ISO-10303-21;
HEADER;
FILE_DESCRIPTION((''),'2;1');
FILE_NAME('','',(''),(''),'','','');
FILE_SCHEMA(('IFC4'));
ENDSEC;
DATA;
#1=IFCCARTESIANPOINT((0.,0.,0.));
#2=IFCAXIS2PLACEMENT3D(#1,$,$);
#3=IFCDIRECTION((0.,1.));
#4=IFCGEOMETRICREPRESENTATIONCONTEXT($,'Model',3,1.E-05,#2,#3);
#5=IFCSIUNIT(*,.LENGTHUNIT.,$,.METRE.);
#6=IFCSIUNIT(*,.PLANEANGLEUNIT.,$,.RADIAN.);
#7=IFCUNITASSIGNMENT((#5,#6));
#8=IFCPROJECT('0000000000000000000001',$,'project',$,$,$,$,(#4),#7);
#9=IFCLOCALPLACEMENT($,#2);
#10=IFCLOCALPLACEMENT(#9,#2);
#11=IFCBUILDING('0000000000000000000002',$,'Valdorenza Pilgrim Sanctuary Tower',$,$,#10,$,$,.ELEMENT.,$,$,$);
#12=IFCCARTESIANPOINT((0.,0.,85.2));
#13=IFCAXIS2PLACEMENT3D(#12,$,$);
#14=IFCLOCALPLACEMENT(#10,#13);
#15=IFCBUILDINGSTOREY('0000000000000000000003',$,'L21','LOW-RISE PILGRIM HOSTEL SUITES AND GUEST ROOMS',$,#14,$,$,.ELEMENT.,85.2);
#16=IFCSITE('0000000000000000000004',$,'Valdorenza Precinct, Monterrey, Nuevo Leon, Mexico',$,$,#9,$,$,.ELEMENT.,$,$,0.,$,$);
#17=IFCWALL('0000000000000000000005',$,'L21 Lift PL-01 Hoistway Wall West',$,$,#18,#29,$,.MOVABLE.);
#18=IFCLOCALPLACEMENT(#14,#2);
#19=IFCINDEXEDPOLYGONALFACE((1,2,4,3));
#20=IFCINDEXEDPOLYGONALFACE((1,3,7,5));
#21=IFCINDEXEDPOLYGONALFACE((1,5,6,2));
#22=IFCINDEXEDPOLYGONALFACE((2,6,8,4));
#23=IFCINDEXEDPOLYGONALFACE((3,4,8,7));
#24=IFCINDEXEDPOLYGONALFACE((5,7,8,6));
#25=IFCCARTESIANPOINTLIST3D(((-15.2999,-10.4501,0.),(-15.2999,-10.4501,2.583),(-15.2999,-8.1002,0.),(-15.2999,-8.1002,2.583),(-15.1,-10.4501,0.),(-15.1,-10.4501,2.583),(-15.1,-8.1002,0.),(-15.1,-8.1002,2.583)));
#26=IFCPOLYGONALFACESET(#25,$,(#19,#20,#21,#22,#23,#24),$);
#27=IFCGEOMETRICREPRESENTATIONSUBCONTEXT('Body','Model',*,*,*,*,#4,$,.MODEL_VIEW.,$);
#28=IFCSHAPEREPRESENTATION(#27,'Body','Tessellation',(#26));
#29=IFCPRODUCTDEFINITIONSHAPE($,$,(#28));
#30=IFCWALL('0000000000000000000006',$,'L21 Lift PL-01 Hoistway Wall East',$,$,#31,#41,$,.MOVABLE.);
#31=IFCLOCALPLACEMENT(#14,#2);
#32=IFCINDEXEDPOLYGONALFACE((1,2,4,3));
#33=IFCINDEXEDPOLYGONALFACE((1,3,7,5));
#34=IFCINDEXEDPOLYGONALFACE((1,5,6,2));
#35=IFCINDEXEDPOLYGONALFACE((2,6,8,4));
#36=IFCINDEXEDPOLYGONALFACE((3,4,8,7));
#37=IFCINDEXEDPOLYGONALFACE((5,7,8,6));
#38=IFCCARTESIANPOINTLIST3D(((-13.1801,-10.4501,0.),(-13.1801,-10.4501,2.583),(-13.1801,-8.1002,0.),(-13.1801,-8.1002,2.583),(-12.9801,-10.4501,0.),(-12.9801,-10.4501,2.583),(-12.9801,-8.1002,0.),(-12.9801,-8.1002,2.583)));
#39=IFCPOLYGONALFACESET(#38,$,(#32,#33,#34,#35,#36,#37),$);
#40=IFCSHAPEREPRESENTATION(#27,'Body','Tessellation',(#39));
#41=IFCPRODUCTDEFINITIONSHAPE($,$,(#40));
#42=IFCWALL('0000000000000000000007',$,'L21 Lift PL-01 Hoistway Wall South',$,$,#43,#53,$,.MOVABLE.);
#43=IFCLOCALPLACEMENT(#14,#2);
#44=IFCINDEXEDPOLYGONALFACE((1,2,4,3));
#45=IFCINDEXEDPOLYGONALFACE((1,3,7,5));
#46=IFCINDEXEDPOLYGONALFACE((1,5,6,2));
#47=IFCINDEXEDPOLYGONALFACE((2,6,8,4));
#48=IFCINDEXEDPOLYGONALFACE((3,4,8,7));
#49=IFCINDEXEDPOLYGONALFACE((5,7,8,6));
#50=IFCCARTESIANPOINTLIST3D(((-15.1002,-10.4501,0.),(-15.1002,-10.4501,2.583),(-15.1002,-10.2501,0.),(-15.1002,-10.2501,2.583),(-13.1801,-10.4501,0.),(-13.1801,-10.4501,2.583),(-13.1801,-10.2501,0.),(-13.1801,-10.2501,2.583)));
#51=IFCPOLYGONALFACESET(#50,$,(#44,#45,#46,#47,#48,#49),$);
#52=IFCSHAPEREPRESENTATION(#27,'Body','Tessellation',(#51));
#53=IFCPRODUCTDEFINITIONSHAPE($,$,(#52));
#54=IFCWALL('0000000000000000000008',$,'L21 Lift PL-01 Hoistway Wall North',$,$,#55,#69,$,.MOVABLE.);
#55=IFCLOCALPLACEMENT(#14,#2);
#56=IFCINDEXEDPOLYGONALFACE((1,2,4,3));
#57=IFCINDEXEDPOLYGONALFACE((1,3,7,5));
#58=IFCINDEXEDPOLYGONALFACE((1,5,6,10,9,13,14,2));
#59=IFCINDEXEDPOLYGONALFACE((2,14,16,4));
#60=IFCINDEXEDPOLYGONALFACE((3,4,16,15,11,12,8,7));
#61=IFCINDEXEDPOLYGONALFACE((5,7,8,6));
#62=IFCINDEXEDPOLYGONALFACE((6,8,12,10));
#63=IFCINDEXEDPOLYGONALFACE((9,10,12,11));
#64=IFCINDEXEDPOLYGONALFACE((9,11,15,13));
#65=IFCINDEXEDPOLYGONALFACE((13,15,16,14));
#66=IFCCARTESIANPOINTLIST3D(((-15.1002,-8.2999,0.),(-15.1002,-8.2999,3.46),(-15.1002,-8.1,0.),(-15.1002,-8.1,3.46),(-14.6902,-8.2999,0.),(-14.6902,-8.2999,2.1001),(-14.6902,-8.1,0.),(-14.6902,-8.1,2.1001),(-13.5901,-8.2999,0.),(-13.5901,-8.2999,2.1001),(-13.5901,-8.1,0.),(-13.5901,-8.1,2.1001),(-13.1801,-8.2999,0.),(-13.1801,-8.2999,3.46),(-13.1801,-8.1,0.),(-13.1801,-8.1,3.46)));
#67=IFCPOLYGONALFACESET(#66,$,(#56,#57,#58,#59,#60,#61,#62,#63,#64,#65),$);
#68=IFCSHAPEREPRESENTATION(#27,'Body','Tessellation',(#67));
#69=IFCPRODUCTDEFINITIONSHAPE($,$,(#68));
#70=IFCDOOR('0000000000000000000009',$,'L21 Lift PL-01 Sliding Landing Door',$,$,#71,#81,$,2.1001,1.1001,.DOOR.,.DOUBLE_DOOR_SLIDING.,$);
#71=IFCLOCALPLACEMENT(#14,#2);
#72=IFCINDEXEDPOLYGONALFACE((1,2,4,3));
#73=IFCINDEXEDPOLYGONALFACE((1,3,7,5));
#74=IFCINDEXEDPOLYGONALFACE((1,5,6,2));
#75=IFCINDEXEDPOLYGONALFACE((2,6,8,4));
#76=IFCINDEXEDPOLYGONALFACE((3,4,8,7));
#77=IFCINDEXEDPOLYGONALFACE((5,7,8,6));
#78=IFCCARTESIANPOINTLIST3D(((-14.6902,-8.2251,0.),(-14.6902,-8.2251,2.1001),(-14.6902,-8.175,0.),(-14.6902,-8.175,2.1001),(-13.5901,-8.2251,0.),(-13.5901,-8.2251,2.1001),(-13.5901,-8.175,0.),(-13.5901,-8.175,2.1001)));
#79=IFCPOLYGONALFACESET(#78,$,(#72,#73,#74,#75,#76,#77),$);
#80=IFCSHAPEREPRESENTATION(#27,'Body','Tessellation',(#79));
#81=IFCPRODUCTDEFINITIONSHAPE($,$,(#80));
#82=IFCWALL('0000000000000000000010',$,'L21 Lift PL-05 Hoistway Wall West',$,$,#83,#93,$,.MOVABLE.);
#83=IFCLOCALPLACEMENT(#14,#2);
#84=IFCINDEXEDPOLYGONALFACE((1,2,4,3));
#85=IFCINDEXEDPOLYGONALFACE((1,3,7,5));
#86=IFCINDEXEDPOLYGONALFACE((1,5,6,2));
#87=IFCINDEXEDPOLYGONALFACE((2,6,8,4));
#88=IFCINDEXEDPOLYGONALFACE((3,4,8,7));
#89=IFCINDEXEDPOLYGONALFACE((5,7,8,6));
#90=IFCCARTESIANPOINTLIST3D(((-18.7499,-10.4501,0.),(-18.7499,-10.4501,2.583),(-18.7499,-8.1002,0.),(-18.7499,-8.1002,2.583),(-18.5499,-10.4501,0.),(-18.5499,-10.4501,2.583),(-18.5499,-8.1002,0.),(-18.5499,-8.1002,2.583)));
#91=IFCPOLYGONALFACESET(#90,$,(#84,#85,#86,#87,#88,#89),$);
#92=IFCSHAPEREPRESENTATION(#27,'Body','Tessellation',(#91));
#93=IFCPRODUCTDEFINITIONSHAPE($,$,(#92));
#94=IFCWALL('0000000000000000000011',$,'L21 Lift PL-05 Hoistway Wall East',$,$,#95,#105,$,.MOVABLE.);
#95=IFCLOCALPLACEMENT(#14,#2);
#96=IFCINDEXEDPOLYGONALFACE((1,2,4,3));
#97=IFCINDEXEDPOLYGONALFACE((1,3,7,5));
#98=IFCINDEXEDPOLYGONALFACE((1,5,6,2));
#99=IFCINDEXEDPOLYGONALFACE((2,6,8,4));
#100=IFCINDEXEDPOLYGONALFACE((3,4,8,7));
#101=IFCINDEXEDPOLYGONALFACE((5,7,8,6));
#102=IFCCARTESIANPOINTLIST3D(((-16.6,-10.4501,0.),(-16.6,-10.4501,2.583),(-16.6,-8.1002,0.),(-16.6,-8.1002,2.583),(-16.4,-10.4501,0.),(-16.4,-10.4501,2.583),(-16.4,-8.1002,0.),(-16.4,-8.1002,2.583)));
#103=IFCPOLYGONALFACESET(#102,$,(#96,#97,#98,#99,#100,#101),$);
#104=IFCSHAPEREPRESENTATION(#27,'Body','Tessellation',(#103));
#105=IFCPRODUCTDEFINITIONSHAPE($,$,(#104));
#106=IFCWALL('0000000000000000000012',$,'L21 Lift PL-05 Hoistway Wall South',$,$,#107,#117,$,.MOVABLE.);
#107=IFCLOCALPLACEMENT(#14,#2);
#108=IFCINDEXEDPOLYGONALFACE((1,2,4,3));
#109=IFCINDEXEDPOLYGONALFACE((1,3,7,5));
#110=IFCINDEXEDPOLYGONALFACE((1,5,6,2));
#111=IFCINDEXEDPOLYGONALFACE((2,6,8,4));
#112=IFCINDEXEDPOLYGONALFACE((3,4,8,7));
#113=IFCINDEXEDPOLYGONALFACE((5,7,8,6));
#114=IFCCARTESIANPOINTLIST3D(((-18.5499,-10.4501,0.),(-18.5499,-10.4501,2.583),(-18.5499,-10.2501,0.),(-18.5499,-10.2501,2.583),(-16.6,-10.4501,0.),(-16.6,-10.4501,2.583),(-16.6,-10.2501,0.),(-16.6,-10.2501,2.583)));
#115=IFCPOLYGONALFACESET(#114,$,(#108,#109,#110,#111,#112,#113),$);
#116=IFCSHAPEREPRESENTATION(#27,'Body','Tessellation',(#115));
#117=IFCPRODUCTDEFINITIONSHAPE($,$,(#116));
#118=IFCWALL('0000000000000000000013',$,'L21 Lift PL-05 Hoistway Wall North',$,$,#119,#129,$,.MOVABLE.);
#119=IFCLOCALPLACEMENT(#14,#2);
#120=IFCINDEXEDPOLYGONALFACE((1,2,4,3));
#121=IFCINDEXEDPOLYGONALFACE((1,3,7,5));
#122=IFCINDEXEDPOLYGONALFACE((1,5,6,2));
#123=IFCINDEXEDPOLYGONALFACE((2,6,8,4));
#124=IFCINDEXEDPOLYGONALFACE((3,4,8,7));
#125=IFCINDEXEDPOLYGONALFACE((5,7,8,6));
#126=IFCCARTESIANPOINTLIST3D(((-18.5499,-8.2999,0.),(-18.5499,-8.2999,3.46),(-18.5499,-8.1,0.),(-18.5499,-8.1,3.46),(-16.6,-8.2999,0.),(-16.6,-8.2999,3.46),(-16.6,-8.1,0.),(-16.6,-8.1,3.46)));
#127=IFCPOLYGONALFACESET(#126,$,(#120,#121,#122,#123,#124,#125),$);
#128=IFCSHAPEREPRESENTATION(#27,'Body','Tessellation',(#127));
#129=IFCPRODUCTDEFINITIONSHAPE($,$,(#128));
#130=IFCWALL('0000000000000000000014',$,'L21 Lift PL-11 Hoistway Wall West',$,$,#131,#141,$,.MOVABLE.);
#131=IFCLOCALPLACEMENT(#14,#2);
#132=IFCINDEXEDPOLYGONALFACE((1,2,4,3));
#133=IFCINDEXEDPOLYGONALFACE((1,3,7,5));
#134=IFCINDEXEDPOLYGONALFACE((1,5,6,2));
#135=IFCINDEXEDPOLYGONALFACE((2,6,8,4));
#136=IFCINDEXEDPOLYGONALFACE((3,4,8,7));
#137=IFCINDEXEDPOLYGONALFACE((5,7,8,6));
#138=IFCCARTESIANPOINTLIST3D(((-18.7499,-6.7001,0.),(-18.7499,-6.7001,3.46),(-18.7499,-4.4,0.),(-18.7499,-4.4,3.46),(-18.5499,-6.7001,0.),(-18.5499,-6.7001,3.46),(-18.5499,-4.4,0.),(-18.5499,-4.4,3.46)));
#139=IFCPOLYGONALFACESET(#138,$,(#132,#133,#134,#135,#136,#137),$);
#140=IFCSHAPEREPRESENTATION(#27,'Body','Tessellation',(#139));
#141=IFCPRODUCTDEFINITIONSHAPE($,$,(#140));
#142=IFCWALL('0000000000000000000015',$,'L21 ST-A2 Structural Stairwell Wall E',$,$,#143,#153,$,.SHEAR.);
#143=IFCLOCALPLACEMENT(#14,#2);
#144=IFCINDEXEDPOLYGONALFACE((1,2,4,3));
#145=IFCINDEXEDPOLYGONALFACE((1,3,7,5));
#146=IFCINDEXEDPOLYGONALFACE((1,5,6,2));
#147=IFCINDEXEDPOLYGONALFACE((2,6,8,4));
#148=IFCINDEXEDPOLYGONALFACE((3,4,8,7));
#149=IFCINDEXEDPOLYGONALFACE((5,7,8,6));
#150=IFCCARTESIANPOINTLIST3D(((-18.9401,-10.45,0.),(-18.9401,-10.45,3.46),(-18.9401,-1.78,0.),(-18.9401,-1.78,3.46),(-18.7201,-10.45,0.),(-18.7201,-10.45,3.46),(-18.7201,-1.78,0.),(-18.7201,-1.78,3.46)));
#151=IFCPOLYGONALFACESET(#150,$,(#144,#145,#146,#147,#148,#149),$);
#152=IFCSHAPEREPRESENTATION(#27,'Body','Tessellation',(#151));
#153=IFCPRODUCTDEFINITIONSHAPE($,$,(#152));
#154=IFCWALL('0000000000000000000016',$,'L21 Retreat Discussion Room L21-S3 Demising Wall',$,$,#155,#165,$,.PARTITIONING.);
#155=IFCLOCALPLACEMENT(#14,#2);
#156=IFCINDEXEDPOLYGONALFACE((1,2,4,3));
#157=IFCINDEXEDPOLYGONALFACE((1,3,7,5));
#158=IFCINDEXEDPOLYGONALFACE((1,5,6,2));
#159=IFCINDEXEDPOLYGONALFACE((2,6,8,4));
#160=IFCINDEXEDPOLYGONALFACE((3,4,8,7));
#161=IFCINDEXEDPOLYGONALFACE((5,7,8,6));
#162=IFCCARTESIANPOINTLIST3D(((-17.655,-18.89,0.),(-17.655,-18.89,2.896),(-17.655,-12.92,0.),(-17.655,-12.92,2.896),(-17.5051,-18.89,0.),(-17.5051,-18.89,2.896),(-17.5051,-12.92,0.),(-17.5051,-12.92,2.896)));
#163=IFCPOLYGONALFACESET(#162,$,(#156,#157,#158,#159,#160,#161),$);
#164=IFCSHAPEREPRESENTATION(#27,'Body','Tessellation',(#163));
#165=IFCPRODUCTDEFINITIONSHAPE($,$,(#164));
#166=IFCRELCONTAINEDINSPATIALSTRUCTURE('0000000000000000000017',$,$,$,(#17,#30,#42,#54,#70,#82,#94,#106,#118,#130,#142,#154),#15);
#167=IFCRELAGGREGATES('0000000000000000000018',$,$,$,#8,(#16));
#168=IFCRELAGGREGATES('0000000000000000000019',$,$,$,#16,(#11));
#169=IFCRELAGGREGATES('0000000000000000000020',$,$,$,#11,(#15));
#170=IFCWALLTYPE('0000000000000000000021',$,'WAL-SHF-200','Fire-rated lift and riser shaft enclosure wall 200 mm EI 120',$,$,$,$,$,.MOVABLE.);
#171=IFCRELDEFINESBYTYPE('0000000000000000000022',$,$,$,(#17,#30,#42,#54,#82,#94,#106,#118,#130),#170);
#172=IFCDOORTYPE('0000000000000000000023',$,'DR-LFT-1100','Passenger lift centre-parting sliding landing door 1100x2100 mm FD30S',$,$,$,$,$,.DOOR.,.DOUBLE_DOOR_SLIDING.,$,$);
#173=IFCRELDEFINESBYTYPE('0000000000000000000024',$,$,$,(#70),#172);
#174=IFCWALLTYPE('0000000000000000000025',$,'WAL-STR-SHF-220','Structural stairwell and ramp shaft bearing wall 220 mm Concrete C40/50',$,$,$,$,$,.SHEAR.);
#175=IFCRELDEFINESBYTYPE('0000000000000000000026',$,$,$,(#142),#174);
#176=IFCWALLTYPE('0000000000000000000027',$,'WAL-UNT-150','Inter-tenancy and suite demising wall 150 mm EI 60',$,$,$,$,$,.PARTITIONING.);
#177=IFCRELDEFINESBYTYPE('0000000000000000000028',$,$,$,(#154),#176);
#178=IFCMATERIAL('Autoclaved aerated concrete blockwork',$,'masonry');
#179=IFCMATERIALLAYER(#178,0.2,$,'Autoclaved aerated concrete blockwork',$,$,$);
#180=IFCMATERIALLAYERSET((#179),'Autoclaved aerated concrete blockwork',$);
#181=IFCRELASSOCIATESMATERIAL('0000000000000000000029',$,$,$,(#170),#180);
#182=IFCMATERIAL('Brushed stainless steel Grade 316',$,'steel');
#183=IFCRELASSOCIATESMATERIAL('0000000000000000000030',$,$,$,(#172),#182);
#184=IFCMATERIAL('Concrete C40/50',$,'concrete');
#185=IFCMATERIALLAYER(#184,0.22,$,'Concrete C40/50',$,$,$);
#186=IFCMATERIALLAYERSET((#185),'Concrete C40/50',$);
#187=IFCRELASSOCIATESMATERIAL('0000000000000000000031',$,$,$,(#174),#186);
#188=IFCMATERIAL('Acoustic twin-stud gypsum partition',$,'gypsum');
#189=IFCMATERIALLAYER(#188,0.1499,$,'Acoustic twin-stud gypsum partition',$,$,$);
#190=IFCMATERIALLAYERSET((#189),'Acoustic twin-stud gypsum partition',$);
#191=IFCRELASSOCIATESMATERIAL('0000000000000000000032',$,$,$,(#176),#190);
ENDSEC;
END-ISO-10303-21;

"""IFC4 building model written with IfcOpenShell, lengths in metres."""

from ifc_helpers import new_model, si_unit, direction, frame, frame_2d, origin, place, context, subcontext, project, spatial, rectangle, extrude, material, layer, layer_set, type_object, element, fill, save


model = new_model("IFC4")

# Units and contexts
model_context = context("Model", 3, precision=1e-05, world=origin(), true_north=direction((0.0, 1.0)))
body_context = subcontext(model_context, "Body", "Model", "MODEL_VIEW")
ifc_project = project(units=[si_unit("LENGTHUNIT", "METRE"), si_unit("PLANEANGLEUNIT", "RADIAN")], contexts=[model_context])

# Site, building, storey
site_placement = place(None, origin())
site = spatial("IfcSite", under=ifc_project, at=site_placement, Name="Valdorenza Precinct, Monterrey, Nuevo Leon, Mexico", CompositionType="ELEMENT", RefElevation=0.0)
building_placement = place(site_placement, origin())
building = spatial("IfcBuilding", under=site, at=building_placement, Name="Valdorenza Pilgrim Sanctuary Tower", CompositionType="ELEMENT")
storey_placement = place(building_placement, frame((0.0, 0.0, 85.2)))
storey = spatial("IfcBuildingStorey", under=building, at=storey_placement, Name="L21", Description="LOW-RISE PILGRIM HOSTEL SUITES AND GUEST ROOMS", CompositionType="ELEMENT", Elevation=85.2)

# Shared definitions
ifc_material_1 = material(Name="Acoustic twin-stud gypsum partition", Category="gypsum")

# Walls
ifc_material_2 = material(Name="Autoclaved aerated concrete blockwork", Category="masonry")
ifc_layer_1 = layer(ifc_material_2, 0.2, Name="Autoclaved aerated concrete blockwork")
ifc_layer_set_1 = layer_set([ifc_layer_1], Name="Autoclaved aerated concrete blockwork")
wall_type_1 = type_object("IfcWallType", Name="WAL-SHF-200", Description="Fire-rated lift and riser shaft enclosure wall 200 mm EI 120", PredefinedType="MOVABLE", material=ifc_layer_set_1)
for number, where, z_axis, x_axis, name in (
    (1, (-15.2, -10.45, 0.0), (0.0, 0.0, 1.0), (0.0, 1.0, 0.0), "L21 Lift PL-01 Hoistway Wall West"),
    (2, (-13.0801, -10.45, 0.0), (0.0, 0.0, 1.0), (0.0, 1.0, 0.0), "L21 Lift PL-01 Hoistway Wall East"),
):
    element("IfcWall", number, at=place(storey_placement, frame(where, z_axis=z_axis, x_axis=x_axis)), inside=storey, type_object=wall_type_1, Name=name, PredefinedType="MOVABLE", context=body_context, shape_type="SweptSolid", body=[
        extrude(rectangle(XDim=2.3499, YDim=0.2, at=frame_2d((1.1748, 0.0))), origin(), (0.0, 0.0, 1.0), 2.583),
    ])
wall_1_placement = place(storey_placement, frame((-15.1001, -10.3501, 0.0), z_axis=(0.0, 0.0, 1.0), x_axis=(1.0, 0.0, 0.0)))
element("IfcWall", 3, at=wall_1_placement, inside=storey, type_object=wall_type_1, Name="L21 Lift PL-01 Hoistway Wall South", PredefinedType="MOVABLE", context=body_context, shape_type="SweptSolid", body=[
    extrude(rectangle(XDim=1.9202, YDim=0.2, at=frame_2d((0.96, 0.0))), origin(), (0.0, 0.0, 1.0), 2.583),
])

# Wall, opening, door
wall_2_placement = place(storey_placement, frame((-15.1001, -8.2, 0.0), z_axis=(0.0, 0.0, 1.0), x_axis=(1.0, 0.0, 0.0)))
wall_2 = element("IfcWall", 4, at=wall_2_placement, inside=storey, type_object=wall_type_1, Name="L21 Lift PL-01 Hoistway Wall North", PredefinedType="MOVABLE", context=body_context, shape_type="SweptSolid", body=[
    extrude(rectangle(XDim=1.9202, YDim=0.2, at=frame_2d((0.96, 0.0))), origin(), (0.0, 0.0, 1.0), 3.46),
])
opening_1_placement = place(wall_2_placement, frame((0.4099, 0.0, 0.0)))
opening_1 = element("IfcOpeningElement", 5, at=opening_1_placement, cuts=wall_2, PredefinedType="OPENING", context=body_context, shape_type="SweptSolid", body=[
    extrude(rectangle(XDim=1.1001, YDim=2.1001, at=frame_2d((0.55, 1.05))), frame((0.0, 0.1147, 0.0), z_axis=(0.0, -1.0, 0.0), x_axis=(1.0, 0.0, 0.0)), (0.0, 0.0, 1.0), 0.2297),
])
ifc_material_3 = material(Name="Brushed stainless steel Grade 316", Category="steel")
door_type = type_object("IfcDoorType", Name="DR-LFT-1100", Description="Passenger lift centre-parting sliding landing door 1100x2100 mm FD30S", OperationType="DOUBLE_DOOR_SLIDING", PredefinedType="DOOR", material=ifc_material_3)
door_placement = place(opening_1_placement, origin())
door = element("IfcDoor", 6, at=door_placement, inside=storey, type_object=door_type, Name="L21 Lift PL-01 Sliding Landing Door", OperationType="DOUBLE_DOOR_SLIDING", OverallHeight=2.1001, OverallWidth=1.1001, PredefinedType="DOOR", context=body_context, shape_type="SweptSolid", body=[
    extrude(rectangle(XDim=1.1001, YDim=2.1001, at=frame_2d((0.55, 1.05))), frame((0.0, 0.0249, 0.0), z_axis=(0.0, -1.0, 0.0), x_axis=(1.0, 0.0, 0.0)), (0.0, 0.0, 1.0), 0.05),
])
fill(opening_1, door)

# Walls
for number, where, z_axis, x_axis, name in (
    (7, (-18.6499, -10.45, 0.0), (0.0, 0.0, 1.0), (0.0, 1.0, 0.0), "L21 Lift PL-05 Hoistway Wall West"),
    (8, (-16.5, -10.45, 0.0), (0.0, 0.0, 1.0), (0.0, 1.0, 0.0), "L21 Lift PL-05 Hoistway Wall East"),
):
    element("IfcWall", number, at=place(storey_placement, frame(where, z_axis=z_axis, x_axis=x_axis)), inside=storey, type_object=wall_type_1, Name=name, PredefinedType="MOVABLE", context=body_context, shape_type="SweptSolid", body=[
        extrude(rectangle(XDim=2.3499, YDim=0.2, at=frame_2d((1.1748, 0.0))), origin(), (0.0, 0.0, 1.0), 2.583),
    ])
wall_3_placement = place(storey_placement, frame((-18.55, -10.3501, 0.0), z_axis=(0.0, 0.0, 1.0), x_axis=(1.0, 0.0, 0.0)))
element("IfcWall", 9, at=wall_3_placement, inside=storey, type_object=wall_type_1, Name="L21 Lift PL-05 Hoistway Wall South", PredefinedType="MOVABLE", context=body_context, shape_type="SweptSolid", body=[
    extrude(rectangle(XDim=1.95, YDim=0.2, at=frame_2d((0.9751, 0.0))), origin(), (0.0, 0.0, 1.0), 2.583),
])
wall_4_placement = place(storey_placement, frame((-18.55, -8.2, 0.0), z_axis=(0.0, 0.0, 1.0), x_axis=(1.0, 0.0, 0.0)))
element("IfcWall", 10, at=wall_4_placement, inside=storey, type_object=wall_type_1, Name="L21 Lift PL-05 Hoistway Wall North", PredefinedType="MOVABLE", context=body_context, shape_type="SweptSolid", body=[
    extrude(rectangle(XDim=1.95, YDim=0.2, at=frame_2d((0.9751, 0.0))), origin(), (0.0, 0.0, 1.0), 3.46),
])
wall_5_placement = place(storey_placement, frame((-18.6499, -6.7, 0.0), z_axis=(0.0, 0.0, 1.0), x_axis=(0.0, 1.0, 0.0)))
element("IfcWall", 11, at=wall_5_placement, inside=storey, type_object=wall_type_1, Name="L21 Lift PL-11 Hoistway Wall West", PredefinedType="MOVABLE", context=body_context, shape_type="SweptSolid", body=[
    extrude(rectangle(XDim=2.3, YDim=0.2, at=frame_2d((1.1499, 0.0))), origin(), (0.0, 0.0, 1.0), 3.46),
])
ifc_material_4 = material(Name="Concrete C40/50", Category="concrete")
ifc_layer_2 = layer(ifc_material_4, 0.22, Name="Concrete C40/50")
ifc_layer_set_2 = layer_set([ifc_layer_2], Name="Concrete C40/50")
wall_type_2 = type_object("IfcWallType", Name="WAL-STR-SHF-220", Description="Structural stairwell and ramp shaft bearing wall 220 mm Concrete C40/50", PredefinedType="SHEAR", material=ifc_layer_set_2)
wall_6_placement = place(storey_placement, frame((-18.8301, -10.45, 0.0), z_axis=(0.0, 0.0, 1.0), x_axis=(0.0, 1.0, 0.0)))
element("IfcWall", 12, at=wall_6_placement, inside=storey, type_object=wall_type_2, Name="L21 ST-A2 Structural Stairwell Wall E", PredefinedType="SHEAR", context=body_context, shape_type="SweptSolid", body=[
    extrude(rectangle(XDim=8.6699, YDim=0.22, at=frame_2d((4.335, 0.0))), origin(), (0.0, 0.0, 1.0), 3.46),
])
ifc_layer_3 = layer(ifc_material_1, 0.1499, Name="Acoustic twin-stud gypsum partition")
ifc_layer_set_3 = layer_set([ifc_layer_3], Name="Acoustic twin-stud gypsum partition")
wall_type_3 = type_object("IfcWallType", Name="WAL-UNT-150", Description="Inter-tenancy and suite demising wall 150 mm EI 60", PredefinedType="PARTITIONING", material=ifc_layer_set_3)
wall_7_placement = place(storey_placement, frame((-17.5801, -18.8899, 0.0), z_axis=(0.0, 0.0, 1.0), x_axis=(0.0, 1.0, 0.0)))
element("IfcWall", 13, at=wall_7_placement, inside=storey, type_object=wall_type_3, Name="L21 Retreat Discussion Room L21-S3 Demising Wall", PredefinedType="PARTITIONING", context=body_context, shape_type="SweptSolid", body=[
    extrude(rectangle(XDim=5.97, YDim=0.1499, at=frame_2d((2.9849, 0.0))), origin(), (0.0, 0.0, 1.0), 2.896),
])

save(model, "model.ifc")
